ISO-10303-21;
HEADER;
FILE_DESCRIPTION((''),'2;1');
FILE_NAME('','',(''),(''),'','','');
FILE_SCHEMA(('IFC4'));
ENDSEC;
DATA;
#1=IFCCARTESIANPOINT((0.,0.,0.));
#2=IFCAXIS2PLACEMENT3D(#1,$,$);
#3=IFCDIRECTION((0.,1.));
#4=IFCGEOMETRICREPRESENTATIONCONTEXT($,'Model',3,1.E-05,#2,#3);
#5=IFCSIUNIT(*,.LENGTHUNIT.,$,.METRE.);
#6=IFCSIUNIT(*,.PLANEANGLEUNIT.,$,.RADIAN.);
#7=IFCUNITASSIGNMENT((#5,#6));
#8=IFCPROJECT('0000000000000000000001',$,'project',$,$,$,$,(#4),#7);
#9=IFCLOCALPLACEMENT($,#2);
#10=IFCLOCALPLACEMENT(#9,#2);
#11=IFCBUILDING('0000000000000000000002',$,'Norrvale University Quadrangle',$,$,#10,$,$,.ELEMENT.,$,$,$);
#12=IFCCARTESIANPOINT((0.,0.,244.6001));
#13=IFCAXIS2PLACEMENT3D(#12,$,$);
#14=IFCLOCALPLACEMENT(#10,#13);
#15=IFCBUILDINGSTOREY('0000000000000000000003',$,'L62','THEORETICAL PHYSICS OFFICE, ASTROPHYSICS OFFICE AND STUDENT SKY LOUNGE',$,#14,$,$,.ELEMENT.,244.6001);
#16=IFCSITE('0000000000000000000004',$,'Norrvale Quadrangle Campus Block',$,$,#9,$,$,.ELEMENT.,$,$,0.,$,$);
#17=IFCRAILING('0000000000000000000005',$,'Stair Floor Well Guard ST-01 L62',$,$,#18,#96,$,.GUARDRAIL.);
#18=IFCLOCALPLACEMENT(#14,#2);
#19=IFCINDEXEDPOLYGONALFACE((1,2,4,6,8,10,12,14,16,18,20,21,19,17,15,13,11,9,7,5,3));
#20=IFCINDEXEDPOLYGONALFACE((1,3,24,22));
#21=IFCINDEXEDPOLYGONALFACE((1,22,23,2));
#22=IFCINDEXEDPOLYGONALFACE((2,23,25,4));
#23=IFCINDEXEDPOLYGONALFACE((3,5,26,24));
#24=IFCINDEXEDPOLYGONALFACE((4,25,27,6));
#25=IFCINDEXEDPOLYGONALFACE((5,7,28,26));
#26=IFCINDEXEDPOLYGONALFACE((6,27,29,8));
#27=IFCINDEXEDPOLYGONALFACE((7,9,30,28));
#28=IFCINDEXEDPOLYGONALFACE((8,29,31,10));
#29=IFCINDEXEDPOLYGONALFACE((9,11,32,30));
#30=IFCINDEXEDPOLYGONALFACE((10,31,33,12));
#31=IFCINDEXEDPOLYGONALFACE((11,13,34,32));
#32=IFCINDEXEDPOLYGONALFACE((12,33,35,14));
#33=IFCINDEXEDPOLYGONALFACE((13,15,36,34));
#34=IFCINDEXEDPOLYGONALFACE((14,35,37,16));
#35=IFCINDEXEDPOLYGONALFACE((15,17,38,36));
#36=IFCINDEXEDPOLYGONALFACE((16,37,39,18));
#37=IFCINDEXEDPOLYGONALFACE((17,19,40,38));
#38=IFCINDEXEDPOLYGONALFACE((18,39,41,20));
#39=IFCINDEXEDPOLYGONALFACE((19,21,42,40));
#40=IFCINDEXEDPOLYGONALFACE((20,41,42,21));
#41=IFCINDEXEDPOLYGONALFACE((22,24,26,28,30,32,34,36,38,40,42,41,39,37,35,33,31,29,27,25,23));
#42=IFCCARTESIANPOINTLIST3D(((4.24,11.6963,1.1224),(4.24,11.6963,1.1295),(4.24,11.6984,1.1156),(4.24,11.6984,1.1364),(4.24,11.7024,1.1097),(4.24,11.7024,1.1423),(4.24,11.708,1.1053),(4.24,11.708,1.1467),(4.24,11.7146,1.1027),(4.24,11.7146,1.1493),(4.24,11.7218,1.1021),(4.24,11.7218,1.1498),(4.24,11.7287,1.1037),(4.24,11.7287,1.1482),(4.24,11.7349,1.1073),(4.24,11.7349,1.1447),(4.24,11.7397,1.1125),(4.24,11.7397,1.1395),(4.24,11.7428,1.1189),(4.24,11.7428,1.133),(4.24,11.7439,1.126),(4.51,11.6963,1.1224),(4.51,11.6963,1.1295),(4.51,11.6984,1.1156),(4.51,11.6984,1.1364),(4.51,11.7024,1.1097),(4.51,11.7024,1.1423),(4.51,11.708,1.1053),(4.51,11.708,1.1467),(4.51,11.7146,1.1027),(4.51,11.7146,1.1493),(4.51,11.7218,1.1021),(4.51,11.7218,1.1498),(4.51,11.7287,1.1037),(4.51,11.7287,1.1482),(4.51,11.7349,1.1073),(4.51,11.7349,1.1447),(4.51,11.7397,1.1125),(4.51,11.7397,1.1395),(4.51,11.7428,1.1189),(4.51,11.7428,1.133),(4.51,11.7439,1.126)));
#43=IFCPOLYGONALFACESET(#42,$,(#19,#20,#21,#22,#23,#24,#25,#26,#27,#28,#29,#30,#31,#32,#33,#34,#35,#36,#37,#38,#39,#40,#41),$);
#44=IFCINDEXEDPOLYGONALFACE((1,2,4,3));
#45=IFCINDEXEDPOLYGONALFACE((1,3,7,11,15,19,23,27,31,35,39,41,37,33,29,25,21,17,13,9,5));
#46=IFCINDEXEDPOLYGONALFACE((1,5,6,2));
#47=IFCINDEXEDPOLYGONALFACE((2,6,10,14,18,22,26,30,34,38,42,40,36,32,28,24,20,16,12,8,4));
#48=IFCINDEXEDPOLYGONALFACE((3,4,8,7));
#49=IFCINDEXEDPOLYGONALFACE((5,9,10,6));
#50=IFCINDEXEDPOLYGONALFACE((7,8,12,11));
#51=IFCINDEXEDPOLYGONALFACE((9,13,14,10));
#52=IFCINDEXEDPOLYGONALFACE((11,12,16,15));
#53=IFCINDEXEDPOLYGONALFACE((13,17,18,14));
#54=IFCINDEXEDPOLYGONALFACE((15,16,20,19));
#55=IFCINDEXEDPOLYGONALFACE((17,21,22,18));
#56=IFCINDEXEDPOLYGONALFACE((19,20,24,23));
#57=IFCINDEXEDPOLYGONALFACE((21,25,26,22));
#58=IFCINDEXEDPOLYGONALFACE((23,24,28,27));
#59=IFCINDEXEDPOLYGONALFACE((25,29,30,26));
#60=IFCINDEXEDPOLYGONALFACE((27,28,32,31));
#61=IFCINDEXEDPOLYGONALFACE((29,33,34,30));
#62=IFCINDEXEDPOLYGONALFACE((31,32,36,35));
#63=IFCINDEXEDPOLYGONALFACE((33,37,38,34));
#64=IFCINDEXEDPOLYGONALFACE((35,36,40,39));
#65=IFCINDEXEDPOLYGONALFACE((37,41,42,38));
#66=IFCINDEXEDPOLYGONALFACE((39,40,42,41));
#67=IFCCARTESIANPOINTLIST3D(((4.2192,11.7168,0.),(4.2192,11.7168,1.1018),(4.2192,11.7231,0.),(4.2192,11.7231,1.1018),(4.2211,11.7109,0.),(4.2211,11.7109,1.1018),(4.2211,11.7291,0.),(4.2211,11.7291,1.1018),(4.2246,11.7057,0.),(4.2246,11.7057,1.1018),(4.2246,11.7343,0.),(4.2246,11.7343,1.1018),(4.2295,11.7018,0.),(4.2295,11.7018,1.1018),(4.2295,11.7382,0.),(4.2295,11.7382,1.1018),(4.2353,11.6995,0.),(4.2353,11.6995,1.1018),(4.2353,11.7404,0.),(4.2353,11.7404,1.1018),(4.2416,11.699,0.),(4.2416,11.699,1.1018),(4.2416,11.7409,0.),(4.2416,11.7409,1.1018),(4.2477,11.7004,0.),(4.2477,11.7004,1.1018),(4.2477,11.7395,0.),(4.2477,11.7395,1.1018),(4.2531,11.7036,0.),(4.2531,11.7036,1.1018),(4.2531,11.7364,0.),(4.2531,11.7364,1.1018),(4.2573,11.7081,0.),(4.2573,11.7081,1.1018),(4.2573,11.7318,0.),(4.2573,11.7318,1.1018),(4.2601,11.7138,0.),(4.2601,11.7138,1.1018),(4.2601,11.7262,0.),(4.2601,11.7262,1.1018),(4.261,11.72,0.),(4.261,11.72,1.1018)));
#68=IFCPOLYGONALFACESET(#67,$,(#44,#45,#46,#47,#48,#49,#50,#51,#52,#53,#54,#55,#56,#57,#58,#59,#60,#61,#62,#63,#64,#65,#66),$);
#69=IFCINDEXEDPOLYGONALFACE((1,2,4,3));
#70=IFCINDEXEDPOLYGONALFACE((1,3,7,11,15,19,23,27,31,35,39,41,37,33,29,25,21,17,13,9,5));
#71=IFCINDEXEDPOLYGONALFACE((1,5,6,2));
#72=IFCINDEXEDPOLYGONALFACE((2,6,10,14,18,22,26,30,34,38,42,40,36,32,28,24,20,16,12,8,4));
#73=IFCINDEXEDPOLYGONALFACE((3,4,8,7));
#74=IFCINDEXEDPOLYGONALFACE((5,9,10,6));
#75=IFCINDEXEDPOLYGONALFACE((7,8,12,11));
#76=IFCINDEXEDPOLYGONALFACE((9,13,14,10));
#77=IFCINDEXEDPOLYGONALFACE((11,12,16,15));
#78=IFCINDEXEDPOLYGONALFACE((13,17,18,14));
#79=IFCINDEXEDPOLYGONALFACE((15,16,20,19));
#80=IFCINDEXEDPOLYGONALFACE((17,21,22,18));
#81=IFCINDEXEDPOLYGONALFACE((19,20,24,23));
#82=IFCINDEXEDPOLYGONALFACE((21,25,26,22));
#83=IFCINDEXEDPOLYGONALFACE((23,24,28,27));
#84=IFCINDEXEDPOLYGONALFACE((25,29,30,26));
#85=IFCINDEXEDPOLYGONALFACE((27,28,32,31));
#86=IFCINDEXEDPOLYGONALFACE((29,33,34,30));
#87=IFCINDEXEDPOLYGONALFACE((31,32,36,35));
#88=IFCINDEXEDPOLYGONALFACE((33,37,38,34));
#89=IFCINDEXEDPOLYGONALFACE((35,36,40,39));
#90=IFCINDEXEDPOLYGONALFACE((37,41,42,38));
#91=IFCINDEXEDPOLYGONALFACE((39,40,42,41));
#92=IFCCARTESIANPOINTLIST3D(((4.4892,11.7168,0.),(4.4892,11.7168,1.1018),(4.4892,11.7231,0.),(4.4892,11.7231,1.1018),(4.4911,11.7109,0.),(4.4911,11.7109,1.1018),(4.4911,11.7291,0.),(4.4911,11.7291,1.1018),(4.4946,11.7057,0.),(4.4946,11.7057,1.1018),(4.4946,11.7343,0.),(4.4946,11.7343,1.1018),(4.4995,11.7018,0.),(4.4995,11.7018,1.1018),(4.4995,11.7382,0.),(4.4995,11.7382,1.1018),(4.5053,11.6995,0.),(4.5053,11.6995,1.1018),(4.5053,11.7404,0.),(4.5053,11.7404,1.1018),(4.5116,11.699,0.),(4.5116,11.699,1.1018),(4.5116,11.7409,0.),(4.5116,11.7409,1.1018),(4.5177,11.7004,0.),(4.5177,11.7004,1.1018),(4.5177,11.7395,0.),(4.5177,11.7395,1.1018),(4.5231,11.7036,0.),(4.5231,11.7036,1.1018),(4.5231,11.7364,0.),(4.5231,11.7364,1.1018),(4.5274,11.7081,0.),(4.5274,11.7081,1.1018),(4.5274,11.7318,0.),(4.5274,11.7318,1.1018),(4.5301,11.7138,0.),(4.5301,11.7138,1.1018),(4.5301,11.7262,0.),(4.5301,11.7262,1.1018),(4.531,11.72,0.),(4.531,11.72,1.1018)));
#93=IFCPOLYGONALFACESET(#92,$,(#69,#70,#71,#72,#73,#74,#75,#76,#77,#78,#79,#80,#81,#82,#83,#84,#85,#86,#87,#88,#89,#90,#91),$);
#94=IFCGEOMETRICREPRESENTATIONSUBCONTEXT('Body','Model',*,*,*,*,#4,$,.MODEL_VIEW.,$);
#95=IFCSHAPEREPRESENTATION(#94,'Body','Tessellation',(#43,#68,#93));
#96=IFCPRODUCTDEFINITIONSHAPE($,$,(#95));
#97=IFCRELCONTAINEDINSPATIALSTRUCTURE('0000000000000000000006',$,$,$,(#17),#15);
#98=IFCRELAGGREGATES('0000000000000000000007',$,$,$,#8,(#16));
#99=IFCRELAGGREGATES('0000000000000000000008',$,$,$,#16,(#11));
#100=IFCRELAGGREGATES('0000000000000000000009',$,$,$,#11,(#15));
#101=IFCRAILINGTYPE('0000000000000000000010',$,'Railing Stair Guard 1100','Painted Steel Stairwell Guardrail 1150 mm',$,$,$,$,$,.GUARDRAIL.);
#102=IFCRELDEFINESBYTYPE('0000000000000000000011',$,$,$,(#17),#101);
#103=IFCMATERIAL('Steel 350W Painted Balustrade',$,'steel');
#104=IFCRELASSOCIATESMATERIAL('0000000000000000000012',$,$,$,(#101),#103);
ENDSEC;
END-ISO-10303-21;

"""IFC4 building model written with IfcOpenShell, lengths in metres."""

from ifc_helpers import new_model, si_unit, direction, frame, origin, origin_2d, place, context, subcontext, project, spatial, circle, extrude, material, type_object, element, save


model = new_model("IFC4")

# Units and contexts
model_context = context("Model", 3, precision=1e-05, world=origin(), true_north=direction((0.0, 1.0)))
body_context = subcontext(model_context, "Body", "Model", "MODEL_VIEW")
ifc_project = project(units=[si_unit("LENGTHUNIT", "METRE"), si_unit("PLANEANGLEUNIT", "RADIAN")], contexts=[model_context])

# Site, building, storey
site_placement = place(None, origin())
site = spatial("IfcSite", under=ifc_project, at=site_placement, Name="Norrvale Quadrangle Campus Block", CompositionType="ELEMENT", RefElevation=0.0)
building_placement = place(site_placement, origin())
building = spatial("IfcBuilding", under=site, at=building_placement, Name="Norrvale University Quadrangle", CompositionType="ELEMENT")
storey_placement = place(building_placement, frame((0.0, 0.0, 244.6001)))
storey = spatial("IfcBuildingStorey", under=building, at=storey_placement, Name="L62", Description="THEORETICAL PHYSICS OFFICE, ASTROPHYSICS OFFICE AND STUDENT SKY LOUNGE", CompositionType="ELEMENT", Elevation=244.6001)

# Railing
ifc_material_1 = material(Name="Steel 350W Painted Balustrade", Category="steel")
railing_type = type_object("IfcRailingType", Name="Railing Stair Guard 1100", Description="Painted Steel Stairwell Guardrail 1150 mm", PredefinedType="GUARDRAIL", material=ifc_material_1)
railing_placement = place(storey_placement, frame((4.24, 11.72, 0.0)))
element("IfcRailing", 1, at=railing_placement, inside=storey, type_object=railing_type, Name="Stair Floor Well Guard ST-01 L62", PredefinedType="GUARDRAIL", context=body_context, shape_type="SweptSolid", body=[
    extrude(circle(Radius=0.0239, at=origin_2d()), frame((0.0, 0.0, 1.126), z_axis=(1.0, 0.0, 0.0), x_axis=(0.0, 1.0, 0.0)), (0.0, 0.0, 1.0), 0.27),
    extrude(circle(Radius=0.021, at=origin_2d()), origin(), (0.0, 0.0, 1.0), 1.1018),
    extrude(circle(Radius=0.021, at=origin_2d()), frame((0.27, 0.0, 0.0)), (0.0, 0.0, 1.0), 1.1018),
])

save(model, "model.ifc")
